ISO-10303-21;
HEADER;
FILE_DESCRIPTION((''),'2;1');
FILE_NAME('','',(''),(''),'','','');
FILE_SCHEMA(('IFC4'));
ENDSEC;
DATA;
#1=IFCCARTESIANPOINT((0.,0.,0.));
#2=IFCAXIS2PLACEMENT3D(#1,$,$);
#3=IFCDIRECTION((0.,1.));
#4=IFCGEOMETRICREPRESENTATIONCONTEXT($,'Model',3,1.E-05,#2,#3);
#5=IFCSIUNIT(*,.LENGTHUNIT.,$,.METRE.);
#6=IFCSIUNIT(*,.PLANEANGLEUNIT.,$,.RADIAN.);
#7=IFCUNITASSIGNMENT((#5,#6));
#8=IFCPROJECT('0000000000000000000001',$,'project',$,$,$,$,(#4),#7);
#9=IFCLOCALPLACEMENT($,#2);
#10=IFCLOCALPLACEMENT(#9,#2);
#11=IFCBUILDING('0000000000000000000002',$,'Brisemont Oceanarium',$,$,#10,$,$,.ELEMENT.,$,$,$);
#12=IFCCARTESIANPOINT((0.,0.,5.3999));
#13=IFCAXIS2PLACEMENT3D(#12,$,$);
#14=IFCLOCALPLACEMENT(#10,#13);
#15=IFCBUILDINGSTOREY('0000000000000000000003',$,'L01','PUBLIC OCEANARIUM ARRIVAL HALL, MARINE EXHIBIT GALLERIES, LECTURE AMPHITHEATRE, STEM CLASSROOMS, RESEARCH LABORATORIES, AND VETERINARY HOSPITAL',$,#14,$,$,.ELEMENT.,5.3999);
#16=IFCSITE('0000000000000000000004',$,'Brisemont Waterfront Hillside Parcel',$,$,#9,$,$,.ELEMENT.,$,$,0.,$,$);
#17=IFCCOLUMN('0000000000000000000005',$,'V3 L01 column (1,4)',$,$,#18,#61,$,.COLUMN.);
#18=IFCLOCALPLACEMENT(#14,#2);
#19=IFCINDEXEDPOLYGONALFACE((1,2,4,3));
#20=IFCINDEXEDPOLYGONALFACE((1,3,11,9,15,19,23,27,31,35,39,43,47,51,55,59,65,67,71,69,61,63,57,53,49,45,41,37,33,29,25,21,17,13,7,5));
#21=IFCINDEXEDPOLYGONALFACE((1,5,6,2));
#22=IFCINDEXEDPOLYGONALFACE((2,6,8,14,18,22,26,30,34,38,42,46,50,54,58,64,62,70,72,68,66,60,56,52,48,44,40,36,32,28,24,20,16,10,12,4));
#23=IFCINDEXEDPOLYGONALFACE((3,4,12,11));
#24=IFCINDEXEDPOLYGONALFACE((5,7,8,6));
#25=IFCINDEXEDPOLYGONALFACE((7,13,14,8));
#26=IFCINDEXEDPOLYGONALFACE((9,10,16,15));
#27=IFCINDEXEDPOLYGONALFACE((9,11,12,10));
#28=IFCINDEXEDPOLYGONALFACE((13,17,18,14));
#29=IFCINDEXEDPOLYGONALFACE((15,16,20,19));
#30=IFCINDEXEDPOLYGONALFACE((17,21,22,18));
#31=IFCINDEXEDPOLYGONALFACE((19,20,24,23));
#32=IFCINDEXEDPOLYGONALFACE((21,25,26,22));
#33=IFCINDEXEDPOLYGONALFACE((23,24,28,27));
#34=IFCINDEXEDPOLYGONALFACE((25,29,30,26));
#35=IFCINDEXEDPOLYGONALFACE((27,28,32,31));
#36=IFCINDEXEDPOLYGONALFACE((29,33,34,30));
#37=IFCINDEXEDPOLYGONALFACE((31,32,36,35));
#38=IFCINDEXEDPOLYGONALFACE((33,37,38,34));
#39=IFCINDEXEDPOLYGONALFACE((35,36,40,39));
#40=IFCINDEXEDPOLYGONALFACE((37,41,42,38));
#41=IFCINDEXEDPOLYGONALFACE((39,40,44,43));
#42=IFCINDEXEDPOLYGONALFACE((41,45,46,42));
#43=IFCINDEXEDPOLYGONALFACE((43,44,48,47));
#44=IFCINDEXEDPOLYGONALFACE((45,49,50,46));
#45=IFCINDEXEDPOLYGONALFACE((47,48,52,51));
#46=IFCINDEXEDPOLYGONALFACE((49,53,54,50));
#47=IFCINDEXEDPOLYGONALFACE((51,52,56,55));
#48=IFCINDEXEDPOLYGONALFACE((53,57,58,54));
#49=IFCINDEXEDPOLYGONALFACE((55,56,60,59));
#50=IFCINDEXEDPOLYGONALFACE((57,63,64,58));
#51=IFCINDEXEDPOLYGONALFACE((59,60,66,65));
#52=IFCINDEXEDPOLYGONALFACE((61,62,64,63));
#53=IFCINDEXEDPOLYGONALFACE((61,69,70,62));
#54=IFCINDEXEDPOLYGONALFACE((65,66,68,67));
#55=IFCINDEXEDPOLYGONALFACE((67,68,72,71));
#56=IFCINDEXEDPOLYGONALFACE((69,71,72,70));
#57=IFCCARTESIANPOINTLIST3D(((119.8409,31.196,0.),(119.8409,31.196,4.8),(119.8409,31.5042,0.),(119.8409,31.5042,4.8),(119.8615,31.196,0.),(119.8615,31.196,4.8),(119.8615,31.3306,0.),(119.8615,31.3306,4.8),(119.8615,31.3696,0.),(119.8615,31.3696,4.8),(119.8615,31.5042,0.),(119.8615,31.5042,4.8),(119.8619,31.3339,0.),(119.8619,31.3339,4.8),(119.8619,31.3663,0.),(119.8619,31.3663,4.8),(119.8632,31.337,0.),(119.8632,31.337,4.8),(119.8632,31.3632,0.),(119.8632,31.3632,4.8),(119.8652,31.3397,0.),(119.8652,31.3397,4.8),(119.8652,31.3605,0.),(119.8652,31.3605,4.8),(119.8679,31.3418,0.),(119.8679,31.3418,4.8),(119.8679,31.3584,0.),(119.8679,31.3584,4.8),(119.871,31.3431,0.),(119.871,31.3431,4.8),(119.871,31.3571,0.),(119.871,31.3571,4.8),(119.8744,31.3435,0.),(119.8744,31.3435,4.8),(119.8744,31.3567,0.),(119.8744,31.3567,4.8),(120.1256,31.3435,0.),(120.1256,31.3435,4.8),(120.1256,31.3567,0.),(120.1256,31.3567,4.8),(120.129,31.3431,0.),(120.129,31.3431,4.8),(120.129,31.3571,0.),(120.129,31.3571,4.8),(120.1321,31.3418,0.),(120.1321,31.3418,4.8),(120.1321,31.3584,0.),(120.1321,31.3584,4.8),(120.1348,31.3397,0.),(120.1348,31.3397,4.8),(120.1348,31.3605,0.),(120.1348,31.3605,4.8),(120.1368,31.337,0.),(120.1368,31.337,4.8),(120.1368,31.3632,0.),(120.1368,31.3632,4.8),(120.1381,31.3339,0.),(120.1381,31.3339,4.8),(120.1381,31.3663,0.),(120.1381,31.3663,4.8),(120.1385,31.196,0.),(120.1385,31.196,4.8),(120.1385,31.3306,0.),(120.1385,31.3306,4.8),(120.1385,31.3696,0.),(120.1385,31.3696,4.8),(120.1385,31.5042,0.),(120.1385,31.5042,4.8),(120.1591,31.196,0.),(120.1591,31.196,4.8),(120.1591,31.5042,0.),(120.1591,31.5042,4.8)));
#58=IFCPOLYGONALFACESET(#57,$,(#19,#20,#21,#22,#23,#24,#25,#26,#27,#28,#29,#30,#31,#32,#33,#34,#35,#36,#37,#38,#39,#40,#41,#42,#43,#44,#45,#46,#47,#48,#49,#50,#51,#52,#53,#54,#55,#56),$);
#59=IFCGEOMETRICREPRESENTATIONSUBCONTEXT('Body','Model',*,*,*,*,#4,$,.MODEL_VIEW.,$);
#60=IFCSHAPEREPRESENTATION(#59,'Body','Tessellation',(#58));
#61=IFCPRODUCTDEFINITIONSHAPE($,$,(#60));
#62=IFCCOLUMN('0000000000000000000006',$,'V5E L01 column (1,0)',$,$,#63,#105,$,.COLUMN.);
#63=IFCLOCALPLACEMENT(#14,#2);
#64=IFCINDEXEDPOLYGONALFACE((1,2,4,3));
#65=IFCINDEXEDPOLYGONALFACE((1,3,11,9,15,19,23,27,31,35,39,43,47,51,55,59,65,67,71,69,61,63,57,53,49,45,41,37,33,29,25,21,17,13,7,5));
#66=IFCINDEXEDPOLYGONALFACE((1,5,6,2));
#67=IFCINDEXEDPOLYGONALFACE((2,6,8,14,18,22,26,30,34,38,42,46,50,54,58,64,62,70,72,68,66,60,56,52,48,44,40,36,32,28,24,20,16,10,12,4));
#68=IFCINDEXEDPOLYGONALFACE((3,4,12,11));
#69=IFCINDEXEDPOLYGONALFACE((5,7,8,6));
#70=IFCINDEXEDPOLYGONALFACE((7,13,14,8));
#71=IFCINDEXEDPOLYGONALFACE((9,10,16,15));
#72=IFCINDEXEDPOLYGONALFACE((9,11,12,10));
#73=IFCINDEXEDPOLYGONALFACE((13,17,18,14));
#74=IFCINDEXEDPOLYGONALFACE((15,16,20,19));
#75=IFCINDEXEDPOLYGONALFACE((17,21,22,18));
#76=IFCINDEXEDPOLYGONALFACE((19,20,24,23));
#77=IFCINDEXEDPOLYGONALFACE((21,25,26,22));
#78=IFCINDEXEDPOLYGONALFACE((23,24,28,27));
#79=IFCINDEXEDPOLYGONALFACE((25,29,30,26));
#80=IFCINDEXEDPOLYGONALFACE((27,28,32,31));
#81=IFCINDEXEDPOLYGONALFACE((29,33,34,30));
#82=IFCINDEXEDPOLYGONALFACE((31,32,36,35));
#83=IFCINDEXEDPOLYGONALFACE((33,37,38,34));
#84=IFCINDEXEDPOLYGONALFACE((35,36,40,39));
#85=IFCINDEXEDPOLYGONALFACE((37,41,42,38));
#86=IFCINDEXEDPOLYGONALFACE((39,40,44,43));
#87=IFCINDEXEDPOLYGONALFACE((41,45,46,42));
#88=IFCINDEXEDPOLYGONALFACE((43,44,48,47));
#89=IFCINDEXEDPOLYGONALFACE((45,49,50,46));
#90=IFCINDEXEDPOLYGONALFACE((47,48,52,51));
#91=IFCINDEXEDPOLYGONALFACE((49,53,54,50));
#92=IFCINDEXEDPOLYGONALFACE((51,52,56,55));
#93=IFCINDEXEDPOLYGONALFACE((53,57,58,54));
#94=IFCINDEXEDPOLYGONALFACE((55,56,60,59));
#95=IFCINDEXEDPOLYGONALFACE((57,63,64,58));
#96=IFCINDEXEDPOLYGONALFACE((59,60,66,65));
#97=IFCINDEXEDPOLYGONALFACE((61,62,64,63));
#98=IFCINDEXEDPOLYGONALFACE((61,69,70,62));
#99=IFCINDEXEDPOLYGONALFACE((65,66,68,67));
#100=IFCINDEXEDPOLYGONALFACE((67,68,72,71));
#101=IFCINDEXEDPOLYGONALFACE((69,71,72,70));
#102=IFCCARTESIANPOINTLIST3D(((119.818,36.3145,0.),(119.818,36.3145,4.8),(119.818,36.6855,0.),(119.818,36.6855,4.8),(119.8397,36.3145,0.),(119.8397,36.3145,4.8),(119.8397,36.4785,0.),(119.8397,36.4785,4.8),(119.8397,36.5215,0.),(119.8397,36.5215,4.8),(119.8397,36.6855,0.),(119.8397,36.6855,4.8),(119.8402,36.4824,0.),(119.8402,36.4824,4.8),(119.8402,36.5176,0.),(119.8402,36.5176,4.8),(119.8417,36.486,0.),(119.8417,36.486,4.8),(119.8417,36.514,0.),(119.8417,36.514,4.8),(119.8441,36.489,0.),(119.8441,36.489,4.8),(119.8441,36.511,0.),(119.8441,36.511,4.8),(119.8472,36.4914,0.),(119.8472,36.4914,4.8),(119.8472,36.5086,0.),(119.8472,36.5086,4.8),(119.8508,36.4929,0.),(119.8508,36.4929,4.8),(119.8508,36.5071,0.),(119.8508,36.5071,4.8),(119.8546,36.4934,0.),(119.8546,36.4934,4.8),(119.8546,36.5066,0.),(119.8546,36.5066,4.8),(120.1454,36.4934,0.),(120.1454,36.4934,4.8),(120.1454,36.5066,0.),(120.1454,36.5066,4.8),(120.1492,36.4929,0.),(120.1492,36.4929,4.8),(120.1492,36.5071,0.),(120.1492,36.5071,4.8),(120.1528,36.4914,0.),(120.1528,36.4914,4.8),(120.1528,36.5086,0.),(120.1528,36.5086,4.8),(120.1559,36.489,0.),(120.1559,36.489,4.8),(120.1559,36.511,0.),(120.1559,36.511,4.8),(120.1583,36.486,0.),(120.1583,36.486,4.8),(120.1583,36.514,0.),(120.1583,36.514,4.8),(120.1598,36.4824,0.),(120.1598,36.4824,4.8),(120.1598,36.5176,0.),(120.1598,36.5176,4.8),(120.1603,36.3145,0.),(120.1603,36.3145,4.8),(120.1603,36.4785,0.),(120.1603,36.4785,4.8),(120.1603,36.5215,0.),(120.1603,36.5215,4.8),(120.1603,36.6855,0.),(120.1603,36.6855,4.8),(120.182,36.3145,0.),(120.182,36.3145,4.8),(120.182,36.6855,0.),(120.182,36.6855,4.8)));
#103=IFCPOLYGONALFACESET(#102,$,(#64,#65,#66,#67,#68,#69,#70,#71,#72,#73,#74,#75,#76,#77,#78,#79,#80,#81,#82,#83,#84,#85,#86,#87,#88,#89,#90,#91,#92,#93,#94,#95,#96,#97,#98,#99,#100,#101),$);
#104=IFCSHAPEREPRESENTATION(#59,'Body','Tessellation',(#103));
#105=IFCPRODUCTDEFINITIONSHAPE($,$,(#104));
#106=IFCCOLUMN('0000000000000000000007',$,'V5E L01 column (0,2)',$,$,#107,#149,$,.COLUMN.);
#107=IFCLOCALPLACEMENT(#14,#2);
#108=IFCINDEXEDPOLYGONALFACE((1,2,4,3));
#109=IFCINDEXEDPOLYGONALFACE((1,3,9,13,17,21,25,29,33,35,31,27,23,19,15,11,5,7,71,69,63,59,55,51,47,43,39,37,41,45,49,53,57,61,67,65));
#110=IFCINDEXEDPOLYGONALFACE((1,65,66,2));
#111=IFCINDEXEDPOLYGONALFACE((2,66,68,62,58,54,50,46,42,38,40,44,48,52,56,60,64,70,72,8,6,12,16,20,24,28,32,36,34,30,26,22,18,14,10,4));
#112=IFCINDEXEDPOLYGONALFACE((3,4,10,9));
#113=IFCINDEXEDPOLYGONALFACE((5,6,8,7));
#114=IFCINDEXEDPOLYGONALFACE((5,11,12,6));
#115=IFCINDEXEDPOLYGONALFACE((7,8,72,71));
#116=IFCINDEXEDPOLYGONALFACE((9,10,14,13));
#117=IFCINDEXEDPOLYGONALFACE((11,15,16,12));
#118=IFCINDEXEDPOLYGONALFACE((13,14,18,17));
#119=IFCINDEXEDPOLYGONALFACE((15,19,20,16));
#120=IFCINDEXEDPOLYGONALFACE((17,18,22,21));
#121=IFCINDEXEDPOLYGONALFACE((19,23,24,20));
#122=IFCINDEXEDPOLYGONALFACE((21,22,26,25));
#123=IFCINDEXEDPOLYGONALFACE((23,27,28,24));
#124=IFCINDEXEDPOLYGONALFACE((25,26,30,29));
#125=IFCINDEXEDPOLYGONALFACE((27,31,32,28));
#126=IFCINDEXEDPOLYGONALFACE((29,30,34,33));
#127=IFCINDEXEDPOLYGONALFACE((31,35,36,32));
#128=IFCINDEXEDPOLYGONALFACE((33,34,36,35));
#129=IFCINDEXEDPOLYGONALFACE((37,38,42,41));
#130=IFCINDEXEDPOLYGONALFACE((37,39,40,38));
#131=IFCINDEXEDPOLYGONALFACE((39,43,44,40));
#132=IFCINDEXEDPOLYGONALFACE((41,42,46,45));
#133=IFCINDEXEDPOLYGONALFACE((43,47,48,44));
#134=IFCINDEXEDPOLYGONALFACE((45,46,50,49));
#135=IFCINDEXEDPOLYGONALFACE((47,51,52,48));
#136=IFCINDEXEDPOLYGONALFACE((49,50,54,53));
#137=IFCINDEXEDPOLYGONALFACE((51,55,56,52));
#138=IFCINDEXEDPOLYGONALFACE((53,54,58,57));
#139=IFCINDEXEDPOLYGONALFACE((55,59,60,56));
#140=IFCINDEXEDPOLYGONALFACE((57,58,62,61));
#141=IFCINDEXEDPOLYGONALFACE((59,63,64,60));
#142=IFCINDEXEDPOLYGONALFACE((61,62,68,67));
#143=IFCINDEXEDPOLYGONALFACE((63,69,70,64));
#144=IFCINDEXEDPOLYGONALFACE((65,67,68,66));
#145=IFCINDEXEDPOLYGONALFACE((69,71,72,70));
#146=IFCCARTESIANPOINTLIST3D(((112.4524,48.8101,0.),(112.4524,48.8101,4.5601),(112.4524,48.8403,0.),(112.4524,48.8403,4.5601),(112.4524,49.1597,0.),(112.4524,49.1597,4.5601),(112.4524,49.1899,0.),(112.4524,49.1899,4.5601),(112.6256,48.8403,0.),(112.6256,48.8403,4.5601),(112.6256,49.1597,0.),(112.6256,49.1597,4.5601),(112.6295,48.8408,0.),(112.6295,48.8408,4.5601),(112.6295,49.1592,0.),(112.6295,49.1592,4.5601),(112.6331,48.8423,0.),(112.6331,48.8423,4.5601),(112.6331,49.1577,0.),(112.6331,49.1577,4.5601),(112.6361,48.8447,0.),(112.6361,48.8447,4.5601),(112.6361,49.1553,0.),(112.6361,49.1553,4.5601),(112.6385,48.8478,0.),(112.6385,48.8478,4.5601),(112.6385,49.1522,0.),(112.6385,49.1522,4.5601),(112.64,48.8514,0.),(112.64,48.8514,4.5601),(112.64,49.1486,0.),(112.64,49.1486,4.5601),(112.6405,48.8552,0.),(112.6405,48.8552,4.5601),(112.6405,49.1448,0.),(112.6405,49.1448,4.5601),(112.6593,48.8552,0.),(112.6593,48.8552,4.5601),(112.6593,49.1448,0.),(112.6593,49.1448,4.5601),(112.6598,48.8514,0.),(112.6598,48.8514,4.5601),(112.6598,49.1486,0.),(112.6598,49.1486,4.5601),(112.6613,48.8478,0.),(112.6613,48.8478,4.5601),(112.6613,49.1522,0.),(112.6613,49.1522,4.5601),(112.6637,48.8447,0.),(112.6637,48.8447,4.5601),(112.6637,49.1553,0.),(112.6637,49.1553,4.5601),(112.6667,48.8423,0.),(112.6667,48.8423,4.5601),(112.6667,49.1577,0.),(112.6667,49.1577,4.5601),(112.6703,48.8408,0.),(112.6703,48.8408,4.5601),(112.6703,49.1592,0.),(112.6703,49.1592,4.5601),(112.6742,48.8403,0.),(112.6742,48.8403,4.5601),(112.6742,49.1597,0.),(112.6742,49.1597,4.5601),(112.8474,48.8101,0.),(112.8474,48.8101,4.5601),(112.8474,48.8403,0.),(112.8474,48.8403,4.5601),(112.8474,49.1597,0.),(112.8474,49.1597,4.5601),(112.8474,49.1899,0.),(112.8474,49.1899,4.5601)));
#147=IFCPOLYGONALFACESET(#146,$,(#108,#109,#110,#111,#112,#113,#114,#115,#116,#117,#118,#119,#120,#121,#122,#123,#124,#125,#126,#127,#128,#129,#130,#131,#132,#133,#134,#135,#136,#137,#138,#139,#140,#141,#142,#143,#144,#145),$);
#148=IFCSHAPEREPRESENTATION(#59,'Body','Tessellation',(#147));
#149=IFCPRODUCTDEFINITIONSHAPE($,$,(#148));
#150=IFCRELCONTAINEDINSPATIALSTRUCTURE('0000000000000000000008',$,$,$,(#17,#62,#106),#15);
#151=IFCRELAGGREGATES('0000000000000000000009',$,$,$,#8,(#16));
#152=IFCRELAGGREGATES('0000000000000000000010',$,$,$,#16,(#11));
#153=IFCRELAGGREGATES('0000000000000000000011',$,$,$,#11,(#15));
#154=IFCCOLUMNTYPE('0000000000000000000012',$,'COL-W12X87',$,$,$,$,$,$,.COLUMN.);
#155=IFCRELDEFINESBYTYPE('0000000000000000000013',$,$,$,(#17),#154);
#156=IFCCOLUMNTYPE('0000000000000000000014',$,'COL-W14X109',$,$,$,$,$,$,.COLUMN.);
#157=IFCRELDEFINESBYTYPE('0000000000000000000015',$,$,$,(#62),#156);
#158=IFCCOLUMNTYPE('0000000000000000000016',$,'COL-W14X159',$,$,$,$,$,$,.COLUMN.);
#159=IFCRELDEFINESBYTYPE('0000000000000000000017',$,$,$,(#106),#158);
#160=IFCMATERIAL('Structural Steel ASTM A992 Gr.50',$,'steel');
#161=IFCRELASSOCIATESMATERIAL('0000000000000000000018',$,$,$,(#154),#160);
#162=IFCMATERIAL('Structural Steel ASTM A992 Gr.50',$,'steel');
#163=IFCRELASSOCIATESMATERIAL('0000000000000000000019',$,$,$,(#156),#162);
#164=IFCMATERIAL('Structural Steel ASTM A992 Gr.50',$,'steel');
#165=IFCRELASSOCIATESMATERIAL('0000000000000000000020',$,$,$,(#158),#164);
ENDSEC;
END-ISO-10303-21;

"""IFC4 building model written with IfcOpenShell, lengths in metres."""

from ifc_helpers import new_model, si_unit, direction, frame, origin, origin_2d, place, context, subcontext, project, spatial, i_section, extrude, material, material_profile, profile_set, type_object, element, save


model = new_model("IFC4")

# Units and contexts
model_context = context("Model", 3, precision=1e-05, world=origin(), true_north=direction((0.0, 1.0)))
body_context = subcontext(model_context, "Body", "Model", "MODEL_VIEW")
ifc_project = project(units=[si_unit("LENGTHUNIT", "METRE"), si_unit("PLANEANGLEUNIT", "RADIAN")], contexts=[model_context])

# Site, building, storey
site_placement = place(None, origin())
site = spatial("IfcSite", under=ifc_project, at=site_placement, Name="Brisemont Waterfront Hillside Parcel", CompositionType="ELEMENT", RefElevation=0.0)
building_placement = place(site_placement, origin())
building = spatial("IfcBuilding", under=site, at=building_placement, Name="Brisemont Oceanarium", CompositionType="ELEMENT")
storey_placement = place(building_placement, frame((0.0, 0.0, 5.3999)))
storey = spatial("IfcBuildingStorey", under=building, at=storey_placement, Name="L01", Description="PUBLIC OCEANARIUM ARRIVAL HALL, MARINE EXHIBIT GALLERIES, LECTURE AMPHITHEATRE, STEM CLASSROOMS, RESEARCH LABORATORIES, AND VETERINARY HOSPITAL", CompositionType="ELEMENT", Elevation=5.3999)

# Columns
ifc_material_1 = material(Name="Structural Steel ASTM A992 Gr.50", Category="steel")
ifc_material_profile_1 = material_profile(ifc_material_1, i_section(OverallWidth=0.3081, OverallDepth=0.3181, WebThickness=0.0132, FlangeThickness=0.0205, FilletRadius=0.0129, at=origin_2d()), Name="W12X87")
ifc_profile_set_1 = profile_set([ifc_material_profile_1], Name="Structural Steel ASTM A992 Gr.50")
column_type_1 = type_object("IfcColumnType", Name="COL-W12X87", PredefinedType="COLUMN", material=ifc_profile_set_1)
column_1_placement = place(storey_placement, frame((120.0, 31.3501, 0.0), z_axis=(0.0, 0.0, 1.0), x_axis=(0.0, 1.0, 0.0)))
element("IfcColumn", 1, at=column_1_placement, inside=storey, type_object=column_type_1, Name="V3 L01 column (1,4)", PredefinedType="COLUMN", context=body_context, shape_type="SweptSolid", body=[
    extrude(i_section(OverallWidth=0.3081, OverallDepth=0.3181, WebThickness=0.0132, FlangeThickness=0.0205, FilletRadius=0.0129, at=origin_2d()), origin(), (0.0, 0.0, 1.0), 4.8),
])
ifc_material_2 = material(Name="Structural Steel ASTM A992 Gr.50", Category="steel")
ifc_material_profile_2 = material_profile(ifc_material_2, i_section(OverallWidth=0.3711, OverallDepth=0.364, WebThickness=0.0132, FlangeThickness=0.0217, FilletRadius=0.0149, at=origin_2d()), Name="W14X109")
ifc_profile_set_2 = profile_set([ifc_material_profile_2], Name="Structural Steel ASTM A992 Gr.50")
column_type_2 = type_object("IfcColumnType", Name="COL-W14X109", PredefinedType="COLUMN", material=ifc_profile_set_2)
column_2_placement = place(storey_placement, frame((120.0, 36.5, 0.0), z_axis=(0.0, 0.0, 1.0), x_axis=(0.0, 1.0, 0.0)))
element("IfcColumn", 2, at=column_2_placement, inside=storey, type_object=column_type_2, Name="V5E L01 column (1,0)", PredefinedType="COLUMN", context=body_context, shape_type="SweptSolid", body=[
    extrude(i_section(OverallWidth=0.3711, OverallDepth=0.364, WebThickness=0.0132, FlangeThickness=0.0217, FilletRadius=0.0149, at=origin_2d()), origin(), (0.0, 0.0, 1.0), 4.8),
])
ifc_material_3 = material(Name="Structural Steel ASTM A992 Gr.50", Category="steel")
ifc_material_profile_3 = material_profile(ifc_material_3, i_section(OverallWidth=0.395, OverallDepth=0.3799, WebThickness=0.0188, FlangeThickness=0.0303, FilletRadius=0.0149, at=origin_2d()), Name="W14X159")
ifc_profile_set_3 = profile_set([ifc_material_profile_3], Name="Structural Steel ASTM A992 Gr.50")
column_type_3 = type_object("IfcColumnType", Name="COL-W14X159", PredefinedType="COLUMN", material=ifc_profile_set_3)
column_3_placement = place(storey_placement, frame((112.6499, 49.0, 0.0), z_axis=(0.0, 0.0, 1.0), x_axis=(1.0, 0.0, 0.0)))
element("IfcColumn", 3, at=column_3_placement, inside=storey, type_object=column_type_3, Name="V5E L01 column (0,2)", PredefinedType="COLUMN", context=body_context, shape_type="SweptSolid", body=[
    extrude(i_section(OverallWidth=0.395, OverallDepth=0.3799, WebThickness=0.0188, FlangeThickness=0.0303, FilletRadius=0.0149, at=origin_2d()), origin(), (0.0, 0.0, 1.0), 4.5601),
])

save(model, "model.ifc")
